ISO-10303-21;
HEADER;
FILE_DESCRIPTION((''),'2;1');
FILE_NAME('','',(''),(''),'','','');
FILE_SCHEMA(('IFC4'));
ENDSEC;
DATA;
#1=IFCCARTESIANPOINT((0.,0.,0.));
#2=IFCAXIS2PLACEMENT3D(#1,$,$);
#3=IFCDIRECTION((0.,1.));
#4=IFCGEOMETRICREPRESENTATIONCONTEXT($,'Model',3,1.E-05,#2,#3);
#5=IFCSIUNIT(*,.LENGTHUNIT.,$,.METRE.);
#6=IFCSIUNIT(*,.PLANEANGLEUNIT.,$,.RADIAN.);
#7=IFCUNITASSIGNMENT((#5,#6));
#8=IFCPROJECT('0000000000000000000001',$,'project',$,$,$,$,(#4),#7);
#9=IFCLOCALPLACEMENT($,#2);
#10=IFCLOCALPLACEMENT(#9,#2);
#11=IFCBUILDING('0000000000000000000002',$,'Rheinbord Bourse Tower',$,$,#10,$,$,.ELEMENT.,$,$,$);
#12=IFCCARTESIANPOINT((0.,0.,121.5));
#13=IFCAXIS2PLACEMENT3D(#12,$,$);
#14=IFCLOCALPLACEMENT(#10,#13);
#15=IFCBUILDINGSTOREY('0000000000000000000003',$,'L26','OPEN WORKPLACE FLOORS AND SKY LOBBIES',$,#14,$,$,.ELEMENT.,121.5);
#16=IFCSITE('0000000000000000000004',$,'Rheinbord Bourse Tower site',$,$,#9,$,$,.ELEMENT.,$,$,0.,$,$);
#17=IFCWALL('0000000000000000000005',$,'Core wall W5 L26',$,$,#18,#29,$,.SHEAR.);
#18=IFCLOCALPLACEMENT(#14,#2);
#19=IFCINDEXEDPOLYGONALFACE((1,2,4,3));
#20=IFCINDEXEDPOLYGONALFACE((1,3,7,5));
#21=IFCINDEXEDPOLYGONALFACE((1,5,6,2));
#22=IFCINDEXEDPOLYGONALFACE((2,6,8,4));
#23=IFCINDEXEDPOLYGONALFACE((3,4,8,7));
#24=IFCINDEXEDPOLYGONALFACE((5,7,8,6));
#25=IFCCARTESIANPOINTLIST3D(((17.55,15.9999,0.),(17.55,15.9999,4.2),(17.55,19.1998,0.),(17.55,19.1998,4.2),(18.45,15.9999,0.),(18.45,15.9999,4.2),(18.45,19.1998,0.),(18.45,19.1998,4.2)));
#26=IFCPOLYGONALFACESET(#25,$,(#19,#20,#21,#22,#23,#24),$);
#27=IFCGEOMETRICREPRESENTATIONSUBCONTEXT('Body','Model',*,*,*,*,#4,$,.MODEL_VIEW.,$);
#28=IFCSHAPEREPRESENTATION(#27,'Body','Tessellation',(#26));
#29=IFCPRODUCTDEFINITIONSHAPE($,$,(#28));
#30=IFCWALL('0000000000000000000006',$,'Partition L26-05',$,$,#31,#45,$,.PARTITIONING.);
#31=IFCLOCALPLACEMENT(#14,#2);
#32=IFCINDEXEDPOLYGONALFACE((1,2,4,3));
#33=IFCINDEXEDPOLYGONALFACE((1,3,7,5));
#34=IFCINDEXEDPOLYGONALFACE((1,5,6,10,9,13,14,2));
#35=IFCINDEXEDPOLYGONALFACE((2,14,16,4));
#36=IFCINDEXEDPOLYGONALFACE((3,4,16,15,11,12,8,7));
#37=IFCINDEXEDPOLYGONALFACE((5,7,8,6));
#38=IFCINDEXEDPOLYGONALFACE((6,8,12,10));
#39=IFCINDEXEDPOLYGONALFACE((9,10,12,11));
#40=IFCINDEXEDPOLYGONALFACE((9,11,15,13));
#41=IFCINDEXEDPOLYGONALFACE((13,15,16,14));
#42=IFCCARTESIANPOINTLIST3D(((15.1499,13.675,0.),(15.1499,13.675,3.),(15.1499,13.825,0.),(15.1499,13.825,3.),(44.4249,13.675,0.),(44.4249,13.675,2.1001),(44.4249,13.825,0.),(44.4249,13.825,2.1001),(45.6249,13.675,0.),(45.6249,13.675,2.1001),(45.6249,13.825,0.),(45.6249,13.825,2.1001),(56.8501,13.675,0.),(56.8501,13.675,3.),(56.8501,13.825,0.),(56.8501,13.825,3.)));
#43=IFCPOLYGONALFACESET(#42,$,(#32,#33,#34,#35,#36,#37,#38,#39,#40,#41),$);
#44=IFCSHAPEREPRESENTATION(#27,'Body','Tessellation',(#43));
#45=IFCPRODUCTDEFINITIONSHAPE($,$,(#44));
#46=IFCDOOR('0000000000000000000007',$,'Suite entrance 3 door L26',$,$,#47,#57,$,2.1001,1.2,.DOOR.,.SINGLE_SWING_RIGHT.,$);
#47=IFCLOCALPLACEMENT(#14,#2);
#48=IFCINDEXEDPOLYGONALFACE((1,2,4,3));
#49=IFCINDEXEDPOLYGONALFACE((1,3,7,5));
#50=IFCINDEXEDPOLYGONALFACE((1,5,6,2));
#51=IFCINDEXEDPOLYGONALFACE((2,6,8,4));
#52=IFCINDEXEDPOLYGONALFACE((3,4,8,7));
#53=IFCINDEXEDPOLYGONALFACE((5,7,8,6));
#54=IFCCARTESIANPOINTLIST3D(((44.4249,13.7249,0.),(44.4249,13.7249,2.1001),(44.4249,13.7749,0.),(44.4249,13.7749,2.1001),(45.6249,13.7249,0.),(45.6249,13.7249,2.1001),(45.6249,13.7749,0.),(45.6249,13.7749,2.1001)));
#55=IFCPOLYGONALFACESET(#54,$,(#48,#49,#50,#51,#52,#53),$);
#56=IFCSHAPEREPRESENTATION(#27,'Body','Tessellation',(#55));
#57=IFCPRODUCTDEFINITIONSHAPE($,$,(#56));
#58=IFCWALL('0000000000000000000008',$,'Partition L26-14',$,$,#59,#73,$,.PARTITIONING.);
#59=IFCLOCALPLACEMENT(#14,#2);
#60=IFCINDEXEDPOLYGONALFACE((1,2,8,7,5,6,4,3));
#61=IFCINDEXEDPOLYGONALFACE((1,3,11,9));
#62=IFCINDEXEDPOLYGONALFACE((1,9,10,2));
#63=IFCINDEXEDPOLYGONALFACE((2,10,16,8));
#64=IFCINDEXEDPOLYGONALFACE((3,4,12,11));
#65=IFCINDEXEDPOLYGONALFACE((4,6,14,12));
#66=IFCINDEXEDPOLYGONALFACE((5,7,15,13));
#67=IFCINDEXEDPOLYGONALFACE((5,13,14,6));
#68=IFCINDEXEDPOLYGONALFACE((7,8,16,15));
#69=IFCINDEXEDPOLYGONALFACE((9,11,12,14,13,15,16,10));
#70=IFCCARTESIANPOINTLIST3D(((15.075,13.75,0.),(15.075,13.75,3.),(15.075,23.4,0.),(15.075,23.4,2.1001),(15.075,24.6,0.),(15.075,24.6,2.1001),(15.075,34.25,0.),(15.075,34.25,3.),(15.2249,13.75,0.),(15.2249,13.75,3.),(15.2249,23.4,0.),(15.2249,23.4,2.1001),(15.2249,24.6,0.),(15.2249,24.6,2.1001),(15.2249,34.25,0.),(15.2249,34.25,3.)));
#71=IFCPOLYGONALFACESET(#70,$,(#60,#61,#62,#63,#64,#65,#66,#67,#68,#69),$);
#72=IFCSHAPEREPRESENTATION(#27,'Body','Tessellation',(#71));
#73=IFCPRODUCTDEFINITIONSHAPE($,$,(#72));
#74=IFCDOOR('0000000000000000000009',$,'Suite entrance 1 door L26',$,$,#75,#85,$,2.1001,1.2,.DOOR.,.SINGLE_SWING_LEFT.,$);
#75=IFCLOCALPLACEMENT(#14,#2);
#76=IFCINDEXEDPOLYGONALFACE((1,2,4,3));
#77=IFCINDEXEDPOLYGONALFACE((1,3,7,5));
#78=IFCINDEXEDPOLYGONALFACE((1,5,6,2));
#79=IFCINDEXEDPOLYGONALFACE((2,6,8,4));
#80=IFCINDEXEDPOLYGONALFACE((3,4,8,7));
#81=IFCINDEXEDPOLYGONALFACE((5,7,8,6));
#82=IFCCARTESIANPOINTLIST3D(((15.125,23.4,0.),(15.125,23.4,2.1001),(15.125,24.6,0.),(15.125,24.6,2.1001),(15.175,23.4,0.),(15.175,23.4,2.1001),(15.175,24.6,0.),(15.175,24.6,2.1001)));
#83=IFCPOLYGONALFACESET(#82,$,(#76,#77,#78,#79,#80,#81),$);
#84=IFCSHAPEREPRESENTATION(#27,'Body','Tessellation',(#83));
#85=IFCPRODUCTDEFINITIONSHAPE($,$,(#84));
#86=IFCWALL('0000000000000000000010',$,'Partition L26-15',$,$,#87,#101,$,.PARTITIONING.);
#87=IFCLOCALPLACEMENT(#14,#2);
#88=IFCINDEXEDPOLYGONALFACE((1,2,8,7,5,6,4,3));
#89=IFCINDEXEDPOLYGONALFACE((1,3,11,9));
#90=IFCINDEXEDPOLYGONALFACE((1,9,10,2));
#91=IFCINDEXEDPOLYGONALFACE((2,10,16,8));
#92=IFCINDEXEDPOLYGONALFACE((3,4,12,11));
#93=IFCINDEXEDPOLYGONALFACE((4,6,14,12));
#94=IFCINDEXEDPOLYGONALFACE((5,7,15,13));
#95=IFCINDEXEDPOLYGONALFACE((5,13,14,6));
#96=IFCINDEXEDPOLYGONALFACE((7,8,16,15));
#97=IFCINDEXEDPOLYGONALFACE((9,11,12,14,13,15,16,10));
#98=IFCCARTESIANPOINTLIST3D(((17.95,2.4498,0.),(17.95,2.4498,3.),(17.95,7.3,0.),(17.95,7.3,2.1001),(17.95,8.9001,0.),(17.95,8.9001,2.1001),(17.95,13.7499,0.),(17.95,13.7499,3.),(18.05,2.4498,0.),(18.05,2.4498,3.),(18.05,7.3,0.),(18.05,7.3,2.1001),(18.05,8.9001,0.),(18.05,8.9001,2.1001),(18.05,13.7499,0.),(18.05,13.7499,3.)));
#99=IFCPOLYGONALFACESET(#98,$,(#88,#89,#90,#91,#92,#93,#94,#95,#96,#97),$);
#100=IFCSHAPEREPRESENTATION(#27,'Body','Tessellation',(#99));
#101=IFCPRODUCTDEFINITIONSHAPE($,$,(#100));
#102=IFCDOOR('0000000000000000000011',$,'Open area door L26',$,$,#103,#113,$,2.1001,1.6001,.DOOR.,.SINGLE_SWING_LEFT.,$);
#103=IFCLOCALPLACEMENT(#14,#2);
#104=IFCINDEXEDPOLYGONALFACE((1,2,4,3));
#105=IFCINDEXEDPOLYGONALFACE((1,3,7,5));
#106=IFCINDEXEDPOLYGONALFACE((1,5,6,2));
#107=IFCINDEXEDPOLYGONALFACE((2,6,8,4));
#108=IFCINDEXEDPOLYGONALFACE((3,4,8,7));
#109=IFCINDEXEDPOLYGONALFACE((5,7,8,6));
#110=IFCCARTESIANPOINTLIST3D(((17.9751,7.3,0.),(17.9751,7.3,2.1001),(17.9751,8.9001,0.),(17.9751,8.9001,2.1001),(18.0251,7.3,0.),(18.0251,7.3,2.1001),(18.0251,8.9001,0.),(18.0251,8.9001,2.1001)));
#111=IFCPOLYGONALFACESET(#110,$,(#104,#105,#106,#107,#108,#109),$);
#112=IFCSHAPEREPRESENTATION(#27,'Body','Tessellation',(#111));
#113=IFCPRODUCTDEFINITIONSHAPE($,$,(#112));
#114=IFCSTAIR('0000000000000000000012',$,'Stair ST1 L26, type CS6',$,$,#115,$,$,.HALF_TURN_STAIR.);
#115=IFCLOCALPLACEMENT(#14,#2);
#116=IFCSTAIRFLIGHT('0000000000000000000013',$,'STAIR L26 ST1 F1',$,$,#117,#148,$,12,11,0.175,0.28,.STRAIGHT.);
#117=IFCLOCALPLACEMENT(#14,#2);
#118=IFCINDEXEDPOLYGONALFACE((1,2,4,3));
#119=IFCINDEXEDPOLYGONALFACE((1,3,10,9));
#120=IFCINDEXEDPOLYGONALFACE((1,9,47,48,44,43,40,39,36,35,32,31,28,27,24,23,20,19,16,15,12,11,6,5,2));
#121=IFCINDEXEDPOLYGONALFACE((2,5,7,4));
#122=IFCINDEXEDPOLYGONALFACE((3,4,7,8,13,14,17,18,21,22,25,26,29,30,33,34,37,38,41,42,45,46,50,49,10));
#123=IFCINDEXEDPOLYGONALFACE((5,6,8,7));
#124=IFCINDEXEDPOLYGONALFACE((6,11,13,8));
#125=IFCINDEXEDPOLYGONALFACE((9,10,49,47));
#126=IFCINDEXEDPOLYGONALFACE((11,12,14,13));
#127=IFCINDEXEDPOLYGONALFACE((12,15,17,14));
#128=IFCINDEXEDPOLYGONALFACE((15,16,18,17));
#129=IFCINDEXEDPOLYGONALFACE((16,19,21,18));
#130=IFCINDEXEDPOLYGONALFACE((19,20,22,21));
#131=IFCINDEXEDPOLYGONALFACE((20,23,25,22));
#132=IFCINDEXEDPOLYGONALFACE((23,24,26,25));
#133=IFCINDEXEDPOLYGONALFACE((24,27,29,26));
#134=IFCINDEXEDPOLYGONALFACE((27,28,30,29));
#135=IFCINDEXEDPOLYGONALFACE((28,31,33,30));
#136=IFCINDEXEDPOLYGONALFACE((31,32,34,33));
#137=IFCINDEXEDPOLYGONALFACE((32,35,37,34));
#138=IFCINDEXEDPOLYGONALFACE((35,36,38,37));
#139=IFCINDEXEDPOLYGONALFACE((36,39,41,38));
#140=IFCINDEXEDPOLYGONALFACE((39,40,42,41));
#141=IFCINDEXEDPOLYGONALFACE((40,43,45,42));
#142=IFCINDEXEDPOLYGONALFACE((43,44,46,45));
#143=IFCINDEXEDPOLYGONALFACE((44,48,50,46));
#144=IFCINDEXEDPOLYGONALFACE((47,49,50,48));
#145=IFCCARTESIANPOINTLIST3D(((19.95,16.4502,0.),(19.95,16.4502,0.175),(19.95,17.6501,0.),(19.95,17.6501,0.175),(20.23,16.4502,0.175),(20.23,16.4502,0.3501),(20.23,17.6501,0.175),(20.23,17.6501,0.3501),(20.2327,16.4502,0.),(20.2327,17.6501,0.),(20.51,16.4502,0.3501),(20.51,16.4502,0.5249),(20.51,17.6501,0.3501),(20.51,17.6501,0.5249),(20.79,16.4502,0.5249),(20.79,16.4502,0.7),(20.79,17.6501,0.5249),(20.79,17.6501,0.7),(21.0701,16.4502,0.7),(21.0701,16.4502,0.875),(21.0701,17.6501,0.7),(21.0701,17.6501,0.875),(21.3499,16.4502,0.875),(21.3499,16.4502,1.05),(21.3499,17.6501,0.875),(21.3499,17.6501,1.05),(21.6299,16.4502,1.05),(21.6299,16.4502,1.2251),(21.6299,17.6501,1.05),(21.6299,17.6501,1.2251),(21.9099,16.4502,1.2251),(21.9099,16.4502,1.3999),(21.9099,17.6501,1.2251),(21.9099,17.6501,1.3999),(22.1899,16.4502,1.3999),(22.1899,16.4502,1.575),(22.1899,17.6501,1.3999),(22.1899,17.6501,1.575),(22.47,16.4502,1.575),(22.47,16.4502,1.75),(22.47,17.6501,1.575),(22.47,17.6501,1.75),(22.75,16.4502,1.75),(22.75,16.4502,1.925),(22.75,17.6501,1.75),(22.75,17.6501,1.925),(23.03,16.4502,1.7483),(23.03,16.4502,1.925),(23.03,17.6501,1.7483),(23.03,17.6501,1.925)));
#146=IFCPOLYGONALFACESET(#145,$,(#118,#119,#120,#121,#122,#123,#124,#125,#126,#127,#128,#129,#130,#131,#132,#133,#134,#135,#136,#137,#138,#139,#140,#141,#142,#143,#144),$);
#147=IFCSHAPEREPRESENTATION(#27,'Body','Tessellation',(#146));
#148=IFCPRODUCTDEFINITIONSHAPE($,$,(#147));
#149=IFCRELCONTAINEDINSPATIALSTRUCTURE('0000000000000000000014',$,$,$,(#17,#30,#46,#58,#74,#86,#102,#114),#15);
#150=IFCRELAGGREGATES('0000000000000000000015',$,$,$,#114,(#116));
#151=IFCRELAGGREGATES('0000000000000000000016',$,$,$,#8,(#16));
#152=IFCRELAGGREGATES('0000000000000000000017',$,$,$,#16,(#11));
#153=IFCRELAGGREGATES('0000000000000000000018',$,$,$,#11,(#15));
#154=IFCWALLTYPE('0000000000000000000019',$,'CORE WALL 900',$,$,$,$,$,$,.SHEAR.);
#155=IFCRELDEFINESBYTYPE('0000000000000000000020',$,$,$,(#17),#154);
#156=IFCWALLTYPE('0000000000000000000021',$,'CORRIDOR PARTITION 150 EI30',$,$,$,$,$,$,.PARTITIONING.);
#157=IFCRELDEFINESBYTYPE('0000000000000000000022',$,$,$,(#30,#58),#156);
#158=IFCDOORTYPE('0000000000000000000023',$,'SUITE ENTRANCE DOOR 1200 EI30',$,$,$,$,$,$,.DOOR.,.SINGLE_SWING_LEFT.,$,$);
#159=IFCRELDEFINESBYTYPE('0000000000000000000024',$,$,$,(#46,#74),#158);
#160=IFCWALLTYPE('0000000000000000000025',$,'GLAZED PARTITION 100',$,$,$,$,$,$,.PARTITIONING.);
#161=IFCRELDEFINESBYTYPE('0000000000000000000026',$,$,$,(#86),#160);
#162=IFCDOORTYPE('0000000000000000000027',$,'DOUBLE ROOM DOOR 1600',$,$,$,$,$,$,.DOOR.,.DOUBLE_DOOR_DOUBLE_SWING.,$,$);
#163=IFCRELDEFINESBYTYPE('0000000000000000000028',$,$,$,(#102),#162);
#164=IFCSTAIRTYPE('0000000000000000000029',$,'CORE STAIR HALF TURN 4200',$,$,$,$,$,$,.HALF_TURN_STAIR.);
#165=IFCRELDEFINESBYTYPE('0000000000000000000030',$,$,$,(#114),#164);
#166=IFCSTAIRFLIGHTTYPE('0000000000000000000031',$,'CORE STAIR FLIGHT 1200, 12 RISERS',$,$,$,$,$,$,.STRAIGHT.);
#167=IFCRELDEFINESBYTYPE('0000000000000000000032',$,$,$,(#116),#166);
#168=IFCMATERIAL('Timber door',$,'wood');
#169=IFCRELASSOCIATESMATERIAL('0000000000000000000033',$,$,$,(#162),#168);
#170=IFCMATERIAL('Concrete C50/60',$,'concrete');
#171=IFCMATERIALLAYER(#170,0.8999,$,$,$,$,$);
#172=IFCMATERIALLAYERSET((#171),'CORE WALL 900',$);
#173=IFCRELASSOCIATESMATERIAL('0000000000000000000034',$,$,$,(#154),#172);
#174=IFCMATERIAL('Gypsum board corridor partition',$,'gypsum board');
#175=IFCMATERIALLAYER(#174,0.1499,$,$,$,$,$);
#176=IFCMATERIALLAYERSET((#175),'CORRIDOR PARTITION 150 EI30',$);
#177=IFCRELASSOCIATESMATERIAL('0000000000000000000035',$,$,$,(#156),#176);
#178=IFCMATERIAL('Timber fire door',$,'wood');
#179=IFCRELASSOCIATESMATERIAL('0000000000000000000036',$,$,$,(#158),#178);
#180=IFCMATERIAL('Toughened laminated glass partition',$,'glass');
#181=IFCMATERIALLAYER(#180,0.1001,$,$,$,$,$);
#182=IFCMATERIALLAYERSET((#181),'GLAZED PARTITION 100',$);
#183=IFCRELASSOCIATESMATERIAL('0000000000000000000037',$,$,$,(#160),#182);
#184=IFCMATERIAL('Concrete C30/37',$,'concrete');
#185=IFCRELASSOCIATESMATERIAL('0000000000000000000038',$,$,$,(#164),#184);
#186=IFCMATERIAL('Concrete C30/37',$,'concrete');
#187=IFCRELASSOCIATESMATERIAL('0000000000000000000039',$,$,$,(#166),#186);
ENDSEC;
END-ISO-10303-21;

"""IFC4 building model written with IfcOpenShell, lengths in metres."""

from ifc_helpers import new_model, si_unit, direction, frame, frame_2d, origin, place, context, subcontext, project, spatial, polyline, rectangle, outline, extrude, material, layer, layer_set, type_object, element, fill, aggregate, save


model = new_model("IFC4")

# Units and contexts
model_context = context("Model", 3, precision=1e-05, world=origin(), true_north=direction((0.0, 1.0)))
body_context = subcontext(model_context, "Body", "Model", "MODEL_VIEW")
ifc_project = project(units=[si_unit("LENGTHUNIT", "METRE"), si_unit("PLANEANGLEUNIT", "RADIAN")], contexts=[model_context])

# Site, building, storey
site_placement = place(None, origin())
site = spatial("IfcSite", under=ifc_project, at=site_placement, Name="Rheinbord Bourse Tower site", CompositionType="ELEMENT", RefElevation=0.0)
building_placement = place(site_placement, origin())
building = spatial("IfcBuilding", under=site, at=building_placement, Name="Rheinbord Bourse Tower", CompositionType="ELEMENT")
storey_placement = place(building_placement, frame((0.0, 0.0, 121.5)))
storey = spatial("IfcBuildingStorey", under=building, at=storey_placement, Name="L26", Description="OPEN WORKPLACE FLOORS AND SKY LOBBIES", CompositionType="ELEMENT", Elevation=121.5)

# Shared definitions
ifc_material_1 = material(Name="Timber door", Category="wood")
door_type_1 = type_object("IfcDoorType", Name="DOUBLE ROOM DOOR 1600", OperationType="DOUBLE_DOOR_DOUBLE_SWING", PredefinedType="DOOR", material=ifc_material_1)

# Wall
ifc_material_2 = material(Name="Concrete C50/60", Category="concrete")
ifc_layer_1 = layer(ifc_material_2, 0.8999)
ifc_layer_set_1 = layer_set([ifc_layer_1], Name="CORE WALL 900")
wall_type_1 = type_object("IfcWallType", Name="CORE WALL 900", PredefinedType="SHEAR", material=ifc_layer_set_1)
wall_1_placement = place(storey_placement, frame((18.0, 19.2, 0.0), z_axis=(0.0, 0.0, 1.0), x_axis=(0.0, -1.0, 0.0)))
element("IfcWall", 1, at=wall_1_placement, inside=storey, type_object=wall_type_1, Name="Core wall W5 L26", PredefinedType="SHEAR", context=body_context, shape_type="SweptSolid", body=[
    extrude(rectangle(XDim=3.2, YDim=0.8999, at=frame_2d((1.6001, 0.0))), origin(), (0.0, 0.0, 1.0), 4.2),
])

# Walls, openings, doors
ifc_material_3 = material(Name="Gypsum board corridor partition", Category="gypsum board")
ifc_layer_2 = layer(ifc_material_3, 0.1499)
ifc_layer_set_2 = layer_set([ifc_layer_2], Name="CORRIDOR PARTITION 150 EI30")
wall_type_2 = type_object("IfcWallType", Name="CORRIDOR PARTITION 150 EI30", PredefinedType="PARTITIONING", material=ifc_layer_set_2)
wall_2_placement = place(storey_placement, frame((15.1499, 13.75, 0.0), z_axis=(0.0, 0.0, 1.0), x_axis=(1.0, 0.0, 0.0)))
wall_2 = element("IfcWall", 2, at=wall_2_placement, inside=storey, type_object=wall_type_2, Name="Partition L26-05", PredefinedType="PARTITIONING", context=body_context, shape_type="SweptSolid", body=[
    extrude(rectangle(XDim=41.7002, YDim=0.1499, at=frame_2d((20.8501, 0.0))), origin(), (0.0, 0.0, 1.0), 3.0),
])
opening_1_placement = place(wall_2_placement, frame((29.2749, 0.0, 0.0)))
opening_1 = element("IfcOpeningElement", 3, at=opening_1_placement, cuts=wall_2, PredefinedType="OPENING", context=body_context, shape_type="SweptSolid", body=[
    extrude(rectangle(XDim=1.2, YDim=2.1001, at=frame_2d((0.6001, 1.05))), frame((0.0, 0.085, 0.0), z_axis=(0.0, -1.0, 0.0), x_axis=(1.0, 0.0, 0.0)), (0.0, 0.0, 1.0), 0.1699),
])
ifc_material_4 = material(Name="Timber fire door", Category="wood")
door_type_2 = type_object("IfcDoorType", Name="SUITE ENTRANCE DOOR 1200 EI30", OperationType="SINGLE_SWING_LEFT", PredefinedType="DOOR", material=ifc_material_4)
door_1_placement = place(opening_1_placement, origin())
door_1 = element("IfcDoor", 4, at=door_1_placement, inside=storey, type_object=door_type_2, Name="Suite entrance 3 door L26", OperationType="SINGLE_SWING_RIGHT", OverallHeight=2.1001, OverallWidth=1.2, PredefinedType="DOOR", context=body_context, shape_type="SweptSolid", body=[
    extrude(rectangle(XDim=1.2, YDim=2.1001, at=frame_2d((0.6001, 1.05))), frame((0.0, 0.0249, 0.0), z_axis=(0.0, -1.0, 0.0), x_axis=(1.0, 0.0, 0.0)), (0.0, 0.0, 1.0), 0.05),
])
fill(opening_1, door_1)
wall_3_placement = place(storey_placement, frame((15.1499, 13.75, 0.0), z_axis=(0.0, 0.0, 1.0), x_axis=(0.0, 1.0, 0.0)))
wall_3 = element("IfcWall", 5, at=wall_3_placement, inside=storey, type_object=wall_type_2, Name="Partition L26-14", PredefinedType="PARTITIONING", context=body_context, shape_type="SweptSolid", body=[
    extrude(rectangle(XDim=20.5, YDim=0.1499, at=frame_2d((10.25, 0.0))), origin(), (0.0, 0.0, 1.0), 3.0),
])
opening_2_placement = place(wall_3_placement, frame((9.6499, 0.0, 0.0)))
opening_2 = element("IfcOpeningElement", 6, at=opening_2_placement, cuts=wall_3, PredefinedType="OPENING", context=body_context, shape_type="SweptSolid", body=[
    extrude(rectangle(XDim=1.2, YDim=2.1001, at=frame_2d((0.6001, 1.05))), frame((0.0, 0.085, 0.0), z_axis=(0.0, -1.0, 0.0), x_axis=(1.0, 0.0, 0.0)), (0.0, 0.0, 1.0), 0.1699),
])
door_2_placement = place(opening_2_placement, origin())
door_2 = element("IfcDoor", 7, at=door_2_placement, inside=storey, type_object=door_type_2, Name="Suite entrance 1 door L26", OperationType="SINGLE_SWING_LEFT", OverallHeight=2.1001, OverallWidth=1.2, PredefinedType="DOOR", context=body_context, shape_type="SweptSolid", body=[
    extrude(rectangle(XDim=1.2, YDim=2.1001, at=frame_2d((0.6001, 1.05))), frame((0.0, 0.0249, 0.0), z_axis=(0.0, -1.0, 0.0), x_axis=(1.0, 0.0, 0.0)), (0.0, 0.0, 1.0), 0.05),
])
fill(opening_2, door_2)
ifc_material_5 = material(Name="Toughened laminated glass partition", Category="glass")
ifc_layer_3 = layer(ifc_material_5, 0.1001)
ifc_layer_set_3 = layer_set([ifc_layer_3], Name="GLAZED PARTITION 100")
wall_type_3 = type_object("IfcWallType", Name="GLAZED PARTITION 100", PredefinedType="PARTITIONING", material=ifc_layer_set_3)
wall_4_placement = place(storey_placement, frame((18.0, 2.45, 0.0), z_axis=(0.0, 0.0, 1.0), x_axis=(0.0, 1.0, 0.0)))
wall_4 = element("IfcWall", 8, at=wall_4_placement, inside=storey, type_object=wall_type_3, Name="Partition L26-15", PredefinedType="PARTITIONING", context=body_context, shape_type="SweptSolid", body=[
    extrude(rectangle(XDim=11.3, YDim=0.1001, at=frame_2d((5.6499, 0.0))), origin(), (0.0, 0.0, 1.0), 3.0),
])
opening_3_placement = place(wall_4_placement, frame((4.8501, 0.0, 0.0)))
opening_3 = element("IfcOpeningElement", 9, at=opening_3_placement, cuts=wall_4, PredefinedType="OPENING", context=body_context, shape_type="SweptSolid", body=[
    extrude(rectangle(XDim=1.6001, YDim=2.1001, at=frame_2d((0.8, 1.05))), frame((0.0, 0.0601, 0.0), z_axis=(0.0, -1.0, 0.0), x_axis=(1.0, 0.0, 0.0)), (0.0, 0.0, 1.0), 0.1201),
])
door_3_placement = place(opening_3_placement, origin())
door_3 = element("IfcDoor", 10, at=door_3_placement, inside=storey, type_object=door_type_1, Name="Open area door L26", OperationType="SINGLE_SWING_LEFT", OverallHeight=2.1001, OverallWidth=1.6001, PredefinedType="DOOR", context=body_context, shape_type="SweptSolid", body=[
    extrude(rectangle(XDim=1.6001, YDim=2.1001, at=frame_2d((0.8, 1.05))), frame((0.0, 0.0249, 0.0), z_axis=(0.0, -1.0, 0.0), x_axis=(1.0, 0.0, 0.0)), (0.0, 0.0, 1.0), 0.05),
])
fill(opening_3, door_3)

# Stair, stair flight
ifc_material_6 = material(Name="Concrete C30/37", Category="concrete")
stair_type = type_object("IfcStairType", Name="CORE STAIR HALF TURN 4200", PredefinedType="HALF_TURN_STAIR", material=ifc_material_6)
stair_placement = place(storey_placement, origin())
stair = element("IfcStair", 11, at=stair_placement, inside=storey, type_object=stair_type, Name="Stair ST1 L26, type CS6", PredefinedType="HALF_TURN_STAIR")
ifc_material_7 = material(Name="Concrete C30/37", Category="concrete")
stair_flight_type = type_object("IfcStairFlightType", Name="CORE STAIR FLIGHT 1200, 12 RISERS", PredefinedType="STRAIGHT", material=ifc_material_7)
stair_flight_1_placement = place(storey_placement, frame((19.95, 17.05, 0.0), z_axis=(0.0, 0.0, 1.0), x_axis=(1.0, 0.0, 0.0)))
stair_flight_1 = element("IfcStairFlight", 12, at=stair_flight_1_placement, type_object=stair_flight_type, Name="STAIR L26 ST1 F1", NumberOfRisers=12, NumberOfTreads=11, PredefinedType="STRAIGHT", RiserHeight=0.175, TreadLength=0.28, context=body_context, shape_type="SweptSolid", body=[
    extrude(outline(polyline([(0.0, 0.0), (0.0, 0.175), (0.28, 0.175), (0.28, 0.3501), (0.5601, 0.3501), (0.5601, 0.5249), (0.8401, 0.5249), (0.8401, 0.7), (1.1201, 0.7), (1.1201, 0.875), (1.3999, 0.875), (1.3999, 1.05), (1.6799, 1.05), (1.6799, 1.2251), (1.96, 1.2251), (1.96, 1.3999), (2.24, 1.3999), (2.24, 1.575), (2.52, 1.575), (2.52, 1.75), (2.8, 1.75), (2.8, 1.925), (3.0801, 1.925), (3.0801, 2.1001), (3.0801, 1.7483), (0.2827, 0.0), (0.0, 0.0)])), frame((0.0, 0.6001, 0.0), z_axis=(0.0, -1.0, 0.0), x_axis=(1.0, 0.0, 0.0)), (0.0, 0.0, 1.0), 1.2),
])
aggregate(stair, [stair_flight_1])

save(model, "model.ifc")
